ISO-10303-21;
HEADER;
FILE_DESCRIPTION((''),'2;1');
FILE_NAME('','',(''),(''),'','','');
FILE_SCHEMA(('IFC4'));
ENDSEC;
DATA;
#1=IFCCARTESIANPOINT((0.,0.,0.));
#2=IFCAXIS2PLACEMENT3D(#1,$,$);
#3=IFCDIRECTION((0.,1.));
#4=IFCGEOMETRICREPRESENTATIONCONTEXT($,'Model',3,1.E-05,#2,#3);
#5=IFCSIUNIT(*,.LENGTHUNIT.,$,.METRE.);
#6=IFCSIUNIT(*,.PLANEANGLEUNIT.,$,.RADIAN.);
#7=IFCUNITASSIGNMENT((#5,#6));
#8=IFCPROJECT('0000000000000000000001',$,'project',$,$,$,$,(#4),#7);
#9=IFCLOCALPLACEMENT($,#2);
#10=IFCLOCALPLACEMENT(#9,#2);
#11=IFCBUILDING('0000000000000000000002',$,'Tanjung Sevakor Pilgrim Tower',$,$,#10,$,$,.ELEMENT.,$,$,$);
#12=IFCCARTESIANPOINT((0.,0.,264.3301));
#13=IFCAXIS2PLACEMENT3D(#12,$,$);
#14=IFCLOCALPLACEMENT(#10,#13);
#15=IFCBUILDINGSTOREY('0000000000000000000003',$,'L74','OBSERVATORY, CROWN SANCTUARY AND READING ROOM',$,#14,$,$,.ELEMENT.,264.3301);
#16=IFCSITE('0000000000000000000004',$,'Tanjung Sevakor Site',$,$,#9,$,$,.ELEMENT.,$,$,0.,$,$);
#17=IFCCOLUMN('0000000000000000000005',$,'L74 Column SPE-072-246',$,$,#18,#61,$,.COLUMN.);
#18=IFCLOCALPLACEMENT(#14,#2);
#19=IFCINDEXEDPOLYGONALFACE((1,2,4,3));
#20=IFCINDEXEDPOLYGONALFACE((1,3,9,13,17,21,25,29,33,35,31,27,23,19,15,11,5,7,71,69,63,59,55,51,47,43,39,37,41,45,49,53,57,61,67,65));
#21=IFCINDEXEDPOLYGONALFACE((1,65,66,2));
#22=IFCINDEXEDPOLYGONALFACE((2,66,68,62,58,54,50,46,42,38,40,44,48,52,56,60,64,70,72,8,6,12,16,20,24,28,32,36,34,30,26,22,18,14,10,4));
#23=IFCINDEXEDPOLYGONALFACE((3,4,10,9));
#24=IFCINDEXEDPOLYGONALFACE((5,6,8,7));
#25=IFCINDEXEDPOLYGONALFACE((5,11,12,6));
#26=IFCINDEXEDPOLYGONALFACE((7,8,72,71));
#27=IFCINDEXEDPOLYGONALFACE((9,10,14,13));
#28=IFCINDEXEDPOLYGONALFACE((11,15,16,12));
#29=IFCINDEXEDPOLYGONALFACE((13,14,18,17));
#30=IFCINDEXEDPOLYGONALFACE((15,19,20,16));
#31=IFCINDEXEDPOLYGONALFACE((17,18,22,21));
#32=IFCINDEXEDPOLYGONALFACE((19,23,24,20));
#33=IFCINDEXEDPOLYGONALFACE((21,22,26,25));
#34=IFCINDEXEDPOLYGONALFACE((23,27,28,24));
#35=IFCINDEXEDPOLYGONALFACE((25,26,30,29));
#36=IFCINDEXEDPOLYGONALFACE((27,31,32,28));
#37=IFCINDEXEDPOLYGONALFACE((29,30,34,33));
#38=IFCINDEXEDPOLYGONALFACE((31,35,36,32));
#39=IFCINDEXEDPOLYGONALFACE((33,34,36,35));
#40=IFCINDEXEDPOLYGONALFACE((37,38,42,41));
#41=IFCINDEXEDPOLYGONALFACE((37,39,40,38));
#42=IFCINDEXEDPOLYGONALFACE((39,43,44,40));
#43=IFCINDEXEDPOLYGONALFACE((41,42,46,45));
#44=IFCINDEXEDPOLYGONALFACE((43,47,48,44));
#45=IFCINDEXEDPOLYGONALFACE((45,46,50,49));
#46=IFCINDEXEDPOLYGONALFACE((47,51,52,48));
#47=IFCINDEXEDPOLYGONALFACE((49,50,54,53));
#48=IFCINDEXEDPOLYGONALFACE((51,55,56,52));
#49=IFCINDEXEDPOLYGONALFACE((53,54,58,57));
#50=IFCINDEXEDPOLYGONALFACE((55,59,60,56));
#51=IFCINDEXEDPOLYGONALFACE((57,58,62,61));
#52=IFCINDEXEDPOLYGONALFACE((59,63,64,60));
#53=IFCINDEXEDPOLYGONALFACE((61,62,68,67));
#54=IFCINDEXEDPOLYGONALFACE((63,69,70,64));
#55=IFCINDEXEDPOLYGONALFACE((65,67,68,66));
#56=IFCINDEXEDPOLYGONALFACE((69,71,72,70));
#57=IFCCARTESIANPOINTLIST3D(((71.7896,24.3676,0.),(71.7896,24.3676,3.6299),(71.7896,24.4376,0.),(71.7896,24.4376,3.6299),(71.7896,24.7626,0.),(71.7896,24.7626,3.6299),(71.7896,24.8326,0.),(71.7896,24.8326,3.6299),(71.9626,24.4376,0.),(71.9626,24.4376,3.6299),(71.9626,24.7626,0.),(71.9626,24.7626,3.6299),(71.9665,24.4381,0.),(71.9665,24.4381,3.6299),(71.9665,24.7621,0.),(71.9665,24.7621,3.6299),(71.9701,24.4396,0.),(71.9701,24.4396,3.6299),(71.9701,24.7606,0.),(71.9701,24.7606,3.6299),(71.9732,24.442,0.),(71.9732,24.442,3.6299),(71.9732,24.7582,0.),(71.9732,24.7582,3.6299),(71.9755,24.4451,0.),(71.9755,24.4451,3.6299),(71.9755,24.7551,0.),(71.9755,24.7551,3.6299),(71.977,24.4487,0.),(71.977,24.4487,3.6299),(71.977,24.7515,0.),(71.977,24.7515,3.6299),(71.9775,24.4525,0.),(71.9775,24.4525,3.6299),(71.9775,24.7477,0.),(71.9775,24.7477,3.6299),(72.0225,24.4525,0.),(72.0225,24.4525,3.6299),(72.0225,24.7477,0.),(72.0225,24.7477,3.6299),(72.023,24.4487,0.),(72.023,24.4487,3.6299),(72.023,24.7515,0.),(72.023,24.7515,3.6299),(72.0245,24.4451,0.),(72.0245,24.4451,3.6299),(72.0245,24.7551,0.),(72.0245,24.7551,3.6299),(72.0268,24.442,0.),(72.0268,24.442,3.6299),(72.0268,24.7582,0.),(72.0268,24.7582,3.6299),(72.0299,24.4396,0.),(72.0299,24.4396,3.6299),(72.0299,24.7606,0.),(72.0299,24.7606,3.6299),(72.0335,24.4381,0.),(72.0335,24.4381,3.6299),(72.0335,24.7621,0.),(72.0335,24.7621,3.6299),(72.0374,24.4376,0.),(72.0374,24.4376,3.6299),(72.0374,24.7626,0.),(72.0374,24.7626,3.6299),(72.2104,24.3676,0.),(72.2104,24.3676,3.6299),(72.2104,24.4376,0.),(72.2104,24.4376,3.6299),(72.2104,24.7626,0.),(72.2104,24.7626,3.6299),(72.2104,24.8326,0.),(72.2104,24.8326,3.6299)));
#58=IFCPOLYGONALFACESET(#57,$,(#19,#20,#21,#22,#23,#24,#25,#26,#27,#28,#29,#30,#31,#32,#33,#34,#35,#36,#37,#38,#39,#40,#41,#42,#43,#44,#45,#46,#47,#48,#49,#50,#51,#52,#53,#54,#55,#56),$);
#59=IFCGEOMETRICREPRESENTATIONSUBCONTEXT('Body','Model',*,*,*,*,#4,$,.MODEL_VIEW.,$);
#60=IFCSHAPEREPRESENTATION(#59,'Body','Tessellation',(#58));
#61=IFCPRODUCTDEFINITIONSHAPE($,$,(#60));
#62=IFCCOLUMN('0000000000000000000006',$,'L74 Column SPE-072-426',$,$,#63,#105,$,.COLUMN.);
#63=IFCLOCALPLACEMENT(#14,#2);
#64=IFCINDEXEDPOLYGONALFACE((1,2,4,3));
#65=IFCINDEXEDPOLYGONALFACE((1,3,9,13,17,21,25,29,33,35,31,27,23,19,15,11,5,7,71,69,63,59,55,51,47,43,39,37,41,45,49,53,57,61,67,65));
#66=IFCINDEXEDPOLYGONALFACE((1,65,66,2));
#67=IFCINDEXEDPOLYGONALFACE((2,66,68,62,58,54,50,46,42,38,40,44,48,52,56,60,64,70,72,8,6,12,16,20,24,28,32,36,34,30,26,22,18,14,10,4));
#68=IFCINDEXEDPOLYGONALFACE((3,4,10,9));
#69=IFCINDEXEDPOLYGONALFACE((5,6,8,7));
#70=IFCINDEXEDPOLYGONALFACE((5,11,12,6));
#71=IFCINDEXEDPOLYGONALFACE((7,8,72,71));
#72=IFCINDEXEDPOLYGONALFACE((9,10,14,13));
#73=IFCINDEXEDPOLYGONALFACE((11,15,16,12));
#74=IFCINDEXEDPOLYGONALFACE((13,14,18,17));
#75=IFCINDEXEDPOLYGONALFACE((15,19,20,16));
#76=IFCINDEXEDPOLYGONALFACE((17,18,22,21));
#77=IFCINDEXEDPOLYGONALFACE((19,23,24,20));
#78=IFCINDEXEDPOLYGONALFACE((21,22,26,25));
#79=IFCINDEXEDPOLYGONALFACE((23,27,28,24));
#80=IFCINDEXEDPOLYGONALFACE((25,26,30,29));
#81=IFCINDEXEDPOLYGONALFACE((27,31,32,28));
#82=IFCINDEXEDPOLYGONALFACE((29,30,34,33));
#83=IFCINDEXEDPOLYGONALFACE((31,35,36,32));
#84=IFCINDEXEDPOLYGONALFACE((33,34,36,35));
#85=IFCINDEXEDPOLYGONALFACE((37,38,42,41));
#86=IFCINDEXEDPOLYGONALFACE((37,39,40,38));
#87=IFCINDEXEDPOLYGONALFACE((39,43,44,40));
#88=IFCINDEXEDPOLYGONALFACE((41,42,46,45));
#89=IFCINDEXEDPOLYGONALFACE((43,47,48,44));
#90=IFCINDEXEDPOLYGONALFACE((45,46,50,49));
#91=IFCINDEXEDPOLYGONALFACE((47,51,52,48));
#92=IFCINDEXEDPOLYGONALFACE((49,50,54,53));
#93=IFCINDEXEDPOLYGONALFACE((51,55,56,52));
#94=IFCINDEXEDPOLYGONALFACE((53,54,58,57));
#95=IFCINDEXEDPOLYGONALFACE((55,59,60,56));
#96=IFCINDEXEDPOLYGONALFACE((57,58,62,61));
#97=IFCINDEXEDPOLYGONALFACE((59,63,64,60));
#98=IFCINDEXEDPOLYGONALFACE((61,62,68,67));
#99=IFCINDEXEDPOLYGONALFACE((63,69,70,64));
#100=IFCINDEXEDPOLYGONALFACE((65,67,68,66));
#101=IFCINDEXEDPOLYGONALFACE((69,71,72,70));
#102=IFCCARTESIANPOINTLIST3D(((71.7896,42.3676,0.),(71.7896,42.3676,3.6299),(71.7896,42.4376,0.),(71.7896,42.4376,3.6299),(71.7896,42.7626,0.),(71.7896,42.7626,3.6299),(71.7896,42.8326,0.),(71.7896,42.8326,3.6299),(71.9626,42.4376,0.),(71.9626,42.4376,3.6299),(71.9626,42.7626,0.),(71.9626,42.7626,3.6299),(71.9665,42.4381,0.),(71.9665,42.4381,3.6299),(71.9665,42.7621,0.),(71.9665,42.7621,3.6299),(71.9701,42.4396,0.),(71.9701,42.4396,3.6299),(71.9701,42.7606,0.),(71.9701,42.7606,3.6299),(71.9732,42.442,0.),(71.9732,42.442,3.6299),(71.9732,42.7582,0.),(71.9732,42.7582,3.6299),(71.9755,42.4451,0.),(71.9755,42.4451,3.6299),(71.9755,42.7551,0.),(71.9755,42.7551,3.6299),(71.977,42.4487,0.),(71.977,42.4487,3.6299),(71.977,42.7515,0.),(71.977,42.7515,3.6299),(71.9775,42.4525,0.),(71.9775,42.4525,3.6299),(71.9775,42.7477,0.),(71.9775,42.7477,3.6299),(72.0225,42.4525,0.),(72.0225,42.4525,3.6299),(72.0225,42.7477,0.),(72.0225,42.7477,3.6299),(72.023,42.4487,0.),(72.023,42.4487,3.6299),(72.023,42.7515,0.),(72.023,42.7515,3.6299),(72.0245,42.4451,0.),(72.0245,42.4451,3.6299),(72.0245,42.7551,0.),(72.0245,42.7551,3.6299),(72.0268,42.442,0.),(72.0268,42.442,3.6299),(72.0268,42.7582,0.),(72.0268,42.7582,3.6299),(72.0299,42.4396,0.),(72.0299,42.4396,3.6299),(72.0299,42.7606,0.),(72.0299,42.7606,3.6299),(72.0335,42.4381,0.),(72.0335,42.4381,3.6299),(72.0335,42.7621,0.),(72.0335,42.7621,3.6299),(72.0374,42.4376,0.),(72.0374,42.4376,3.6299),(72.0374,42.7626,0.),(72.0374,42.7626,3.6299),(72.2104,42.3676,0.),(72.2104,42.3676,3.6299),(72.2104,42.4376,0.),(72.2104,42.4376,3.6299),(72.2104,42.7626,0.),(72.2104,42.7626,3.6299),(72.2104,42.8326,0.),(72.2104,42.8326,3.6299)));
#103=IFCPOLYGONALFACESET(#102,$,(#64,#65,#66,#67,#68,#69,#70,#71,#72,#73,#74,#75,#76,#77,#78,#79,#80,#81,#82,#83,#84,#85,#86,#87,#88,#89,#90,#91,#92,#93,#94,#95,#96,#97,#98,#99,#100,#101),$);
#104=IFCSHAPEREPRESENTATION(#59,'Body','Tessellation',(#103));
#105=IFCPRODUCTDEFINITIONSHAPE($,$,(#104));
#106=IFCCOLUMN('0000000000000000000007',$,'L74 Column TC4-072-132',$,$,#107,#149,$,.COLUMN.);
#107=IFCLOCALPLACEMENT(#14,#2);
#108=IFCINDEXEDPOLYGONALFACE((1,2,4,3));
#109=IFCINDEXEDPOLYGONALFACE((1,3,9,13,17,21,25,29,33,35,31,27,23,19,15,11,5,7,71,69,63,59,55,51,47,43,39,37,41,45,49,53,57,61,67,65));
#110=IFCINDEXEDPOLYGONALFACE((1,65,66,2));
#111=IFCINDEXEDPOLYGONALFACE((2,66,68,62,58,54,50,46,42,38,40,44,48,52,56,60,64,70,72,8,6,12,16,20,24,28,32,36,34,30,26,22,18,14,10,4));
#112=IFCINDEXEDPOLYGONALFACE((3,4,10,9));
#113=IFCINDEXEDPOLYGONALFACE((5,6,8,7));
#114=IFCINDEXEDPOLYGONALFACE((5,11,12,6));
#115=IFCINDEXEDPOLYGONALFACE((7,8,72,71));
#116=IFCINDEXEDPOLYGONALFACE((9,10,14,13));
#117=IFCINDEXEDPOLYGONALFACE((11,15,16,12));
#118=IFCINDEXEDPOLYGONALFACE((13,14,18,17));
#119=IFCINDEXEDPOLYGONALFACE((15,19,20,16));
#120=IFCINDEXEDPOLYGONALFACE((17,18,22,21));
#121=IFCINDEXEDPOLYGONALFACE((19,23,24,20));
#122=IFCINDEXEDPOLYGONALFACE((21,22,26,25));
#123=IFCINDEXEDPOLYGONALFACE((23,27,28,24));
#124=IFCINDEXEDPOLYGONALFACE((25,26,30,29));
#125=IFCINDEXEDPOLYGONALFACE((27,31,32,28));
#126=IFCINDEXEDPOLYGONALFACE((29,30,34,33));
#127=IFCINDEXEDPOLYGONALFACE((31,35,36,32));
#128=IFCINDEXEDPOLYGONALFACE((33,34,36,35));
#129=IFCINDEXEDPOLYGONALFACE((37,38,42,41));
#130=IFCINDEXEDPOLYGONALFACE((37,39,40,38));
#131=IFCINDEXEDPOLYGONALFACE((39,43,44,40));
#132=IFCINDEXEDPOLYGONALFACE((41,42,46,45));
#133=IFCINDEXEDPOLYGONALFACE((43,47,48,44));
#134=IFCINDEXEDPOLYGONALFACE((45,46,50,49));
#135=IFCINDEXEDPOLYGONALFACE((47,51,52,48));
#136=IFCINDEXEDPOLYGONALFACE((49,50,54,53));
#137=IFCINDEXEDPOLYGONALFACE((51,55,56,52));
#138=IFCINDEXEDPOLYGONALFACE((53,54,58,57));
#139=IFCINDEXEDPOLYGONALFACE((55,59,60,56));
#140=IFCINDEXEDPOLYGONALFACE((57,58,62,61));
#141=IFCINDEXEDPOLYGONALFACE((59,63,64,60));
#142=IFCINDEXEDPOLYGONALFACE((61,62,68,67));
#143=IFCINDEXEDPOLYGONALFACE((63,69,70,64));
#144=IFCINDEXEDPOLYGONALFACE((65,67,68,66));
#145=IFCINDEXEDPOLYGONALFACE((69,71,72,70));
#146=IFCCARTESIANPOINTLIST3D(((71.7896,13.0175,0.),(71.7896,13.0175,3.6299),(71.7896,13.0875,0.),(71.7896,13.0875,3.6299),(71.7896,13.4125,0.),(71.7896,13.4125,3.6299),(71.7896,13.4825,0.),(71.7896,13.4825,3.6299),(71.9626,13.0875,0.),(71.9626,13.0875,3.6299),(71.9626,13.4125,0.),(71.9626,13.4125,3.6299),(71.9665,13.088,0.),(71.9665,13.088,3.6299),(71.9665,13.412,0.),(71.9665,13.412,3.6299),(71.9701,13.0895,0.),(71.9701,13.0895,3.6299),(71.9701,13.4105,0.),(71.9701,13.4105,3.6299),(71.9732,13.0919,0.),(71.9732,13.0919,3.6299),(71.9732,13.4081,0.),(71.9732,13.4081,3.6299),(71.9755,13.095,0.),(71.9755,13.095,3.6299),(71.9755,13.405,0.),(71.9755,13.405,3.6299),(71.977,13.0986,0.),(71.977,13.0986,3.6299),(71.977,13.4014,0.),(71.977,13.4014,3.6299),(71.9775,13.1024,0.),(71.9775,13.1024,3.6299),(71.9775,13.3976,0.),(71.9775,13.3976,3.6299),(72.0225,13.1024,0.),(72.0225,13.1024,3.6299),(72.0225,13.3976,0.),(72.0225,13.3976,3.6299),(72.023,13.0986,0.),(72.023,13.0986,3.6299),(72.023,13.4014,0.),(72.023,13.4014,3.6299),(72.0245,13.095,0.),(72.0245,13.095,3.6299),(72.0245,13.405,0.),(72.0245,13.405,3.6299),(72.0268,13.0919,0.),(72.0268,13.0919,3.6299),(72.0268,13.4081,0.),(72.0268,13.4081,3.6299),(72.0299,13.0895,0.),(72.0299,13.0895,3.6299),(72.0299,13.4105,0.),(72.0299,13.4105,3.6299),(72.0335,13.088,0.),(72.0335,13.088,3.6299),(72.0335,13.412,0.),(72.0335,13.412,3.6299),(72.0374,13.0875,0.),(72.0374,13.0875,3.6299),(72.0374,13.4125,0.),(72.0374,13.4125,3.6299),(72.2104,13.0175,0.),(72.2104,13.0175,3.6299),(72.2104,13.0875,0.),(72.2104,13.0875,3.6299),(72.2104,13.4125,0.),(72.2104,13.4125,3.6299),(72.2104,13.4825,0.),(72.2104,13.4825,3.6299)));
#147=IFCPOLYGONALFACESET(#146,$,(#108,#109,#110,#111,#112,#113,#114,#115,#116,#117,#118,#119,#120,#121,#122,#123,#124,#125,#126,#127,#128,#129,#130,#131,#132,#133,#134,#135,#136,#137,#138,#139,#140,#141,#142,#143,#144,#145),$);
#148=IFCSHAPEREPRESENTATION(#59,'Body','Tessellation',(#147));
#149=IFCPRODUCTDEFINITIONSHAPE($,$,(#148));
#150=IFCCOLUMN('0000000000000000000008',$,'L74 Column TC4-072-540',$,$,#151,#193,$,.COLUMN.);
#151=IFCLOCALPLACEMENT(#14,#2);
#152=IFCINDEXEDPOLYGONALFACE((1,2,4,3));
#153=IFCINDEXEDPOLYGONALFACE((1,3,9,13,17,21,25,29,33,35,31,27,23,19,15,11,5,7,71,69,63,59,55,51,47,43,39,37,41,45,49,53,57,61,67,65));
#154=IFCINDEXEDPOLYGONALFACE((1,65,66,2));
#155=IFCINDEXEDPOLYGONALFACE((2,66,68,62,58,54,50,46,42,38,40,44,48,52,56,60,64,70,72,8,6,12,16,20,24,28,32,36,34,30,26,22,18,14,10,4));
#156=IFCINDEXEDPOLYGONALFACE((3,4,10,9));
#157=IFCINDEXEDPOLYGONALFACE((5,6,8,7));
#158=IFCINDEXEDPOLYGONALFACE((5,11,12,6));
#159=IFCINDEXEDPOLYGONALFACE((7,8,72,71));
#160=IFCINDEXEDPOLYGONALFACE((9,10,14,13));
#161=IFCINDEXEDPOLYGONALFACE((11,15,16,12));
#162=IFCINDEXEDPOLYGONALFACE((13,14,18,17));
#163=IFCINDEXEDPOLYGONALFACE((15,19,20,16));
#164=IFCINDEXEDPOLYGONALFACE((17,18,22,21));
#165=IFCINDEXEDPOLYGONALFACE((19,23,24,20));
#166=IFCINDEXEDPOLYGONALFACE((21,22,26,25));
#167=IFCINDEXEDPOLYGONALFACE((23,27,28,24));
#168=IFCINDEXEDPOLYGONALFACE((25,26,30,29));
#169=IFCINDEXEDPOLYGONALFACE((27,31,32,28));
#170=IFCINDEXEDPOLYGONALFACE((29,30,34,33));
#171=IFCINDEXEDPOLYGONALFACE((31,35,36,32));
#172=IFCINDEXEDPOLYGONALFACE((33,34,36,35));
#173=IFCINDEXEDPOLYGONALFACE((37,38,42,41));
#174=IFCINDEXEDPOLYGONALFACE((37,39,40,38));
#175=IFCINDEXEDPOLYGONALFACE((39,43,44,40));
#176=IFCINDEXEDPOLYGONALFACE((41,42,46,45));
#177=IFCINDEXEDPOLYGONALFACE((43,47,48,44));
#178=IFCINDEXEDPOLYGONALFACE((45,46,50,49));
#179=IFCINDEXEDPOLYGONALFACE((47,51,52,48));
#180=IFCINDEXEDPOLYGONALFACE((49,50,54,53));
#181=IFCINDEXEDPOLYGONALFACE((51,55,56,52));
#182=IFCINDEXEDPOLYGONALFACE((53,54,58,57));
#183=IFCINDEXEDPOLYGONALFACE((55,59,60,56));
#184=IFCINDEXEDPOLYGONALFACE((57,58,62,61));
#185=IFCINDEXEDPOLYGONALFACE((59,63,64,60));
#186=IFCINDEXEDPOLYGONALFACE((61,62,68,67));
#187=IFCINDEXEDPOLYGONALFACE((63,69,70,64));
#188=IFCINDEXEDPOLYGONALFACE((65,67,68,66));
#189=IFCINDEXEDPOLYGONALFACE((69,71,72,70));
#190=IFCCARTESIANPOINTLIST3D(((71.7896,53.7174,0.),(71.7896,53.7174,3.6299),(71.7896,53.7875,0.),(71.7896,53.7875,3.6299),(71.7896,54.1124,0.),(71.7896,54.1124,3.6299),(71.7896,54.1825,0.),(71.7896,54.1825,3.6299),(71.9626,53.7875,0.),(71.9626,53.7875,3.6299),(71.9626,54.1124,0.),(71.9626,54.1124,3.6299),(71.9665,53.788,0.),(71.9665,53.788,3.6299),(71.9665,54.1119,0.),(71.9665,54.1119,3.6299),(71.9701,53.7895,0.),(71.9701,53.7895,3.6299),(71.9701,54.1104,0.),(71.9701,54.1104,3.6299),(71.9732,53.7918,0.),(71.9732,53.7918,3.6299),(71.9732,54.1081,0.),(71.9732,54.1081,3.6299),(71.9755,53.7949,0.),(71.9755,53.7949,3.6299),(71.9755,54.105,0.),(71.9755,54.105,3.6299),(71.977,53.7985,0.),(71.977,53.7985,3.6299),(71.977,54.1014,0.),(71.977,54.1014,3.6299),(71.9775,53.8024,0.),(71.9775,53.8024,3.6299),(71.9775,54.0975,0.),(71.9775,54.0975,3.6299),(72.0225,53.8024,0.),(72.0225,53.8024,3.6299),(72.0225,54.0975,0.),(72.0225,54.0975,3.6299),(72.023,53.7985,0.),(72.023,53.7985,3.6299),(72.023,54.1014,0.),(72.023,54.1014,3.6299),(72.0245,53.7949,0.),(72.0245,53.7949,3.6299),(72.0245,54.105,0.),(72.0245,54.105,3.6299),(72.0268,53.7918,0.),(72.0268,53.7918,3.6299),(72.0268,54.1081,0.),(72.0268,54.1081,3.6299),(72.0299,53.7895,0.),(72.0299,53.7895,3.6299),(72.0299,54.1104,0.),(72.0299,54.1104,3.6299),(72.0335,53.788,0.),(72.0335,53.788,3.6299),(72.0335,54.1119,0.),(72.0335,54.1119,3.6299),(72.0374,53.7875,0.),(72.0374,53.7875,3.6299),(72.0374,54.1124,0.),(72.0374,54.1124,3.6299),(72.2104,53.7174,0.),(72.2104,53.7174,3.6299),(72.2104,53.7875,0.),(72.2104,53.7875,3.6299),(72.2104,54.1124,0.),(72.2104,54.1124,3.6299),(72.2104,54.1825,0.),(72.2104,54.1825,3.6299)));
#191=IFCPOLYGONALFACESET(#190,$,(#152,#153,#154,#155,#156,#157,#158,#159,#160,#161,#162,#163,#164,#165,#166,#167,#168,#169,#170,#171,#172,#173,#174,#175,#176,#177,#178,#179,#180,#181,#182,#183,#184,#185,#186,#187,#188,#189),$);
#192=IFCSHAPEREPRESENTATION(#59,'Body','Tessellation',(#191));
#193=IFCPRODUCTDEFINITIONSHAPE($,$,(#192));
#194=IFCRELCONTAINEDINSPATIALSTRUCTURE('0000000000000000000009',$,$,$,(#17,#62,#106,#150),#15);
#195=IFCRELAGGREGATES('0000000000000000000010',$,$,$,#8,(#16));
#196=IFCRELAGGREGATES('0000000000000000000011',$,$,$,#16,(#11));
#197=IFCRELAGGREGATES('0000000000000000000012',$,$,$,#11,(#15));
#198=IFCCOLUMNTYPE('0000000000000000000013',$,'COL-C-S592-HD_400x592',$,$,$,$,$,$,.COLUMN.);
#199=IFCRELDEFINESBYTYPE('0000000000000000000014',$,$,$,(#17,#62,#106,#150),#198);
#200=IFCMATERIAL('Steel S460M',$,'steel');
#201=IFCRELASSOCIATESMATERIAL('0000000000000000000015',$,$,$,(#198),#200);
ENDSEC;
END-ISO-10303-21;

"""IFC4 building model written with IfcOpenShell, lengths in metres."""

from ifc_helpers import new_model, si_unit, direction, frame, origin, origin_2d, place, context, subcontext, project, spatial, i_section, extrude, material, material_profile, profile_set, type_object, element, save


model = new_model("IFC4")

# Units and contexts
model_context = context("Model", 3, precision=1e-05, world=origin(), true_north=direction((0.0, 1.0)))
body_context = subcontext(model_context, "Body", "Model", "MODEL_VIEW")
ifc_project = project(units=[si_unit("LENGTHUNIT", "METRE"), si_unit("PLANEANGLEUNIT", "RADIAN")], contexts=[model_context])

# Site, building, storey
site_placement = place(None, origin())
site = spatial("IfcSite", under=ifc_project, at=site_placement, Name="Tanjung Sevakor Site", CompositionType="ELEMENT", RefElevation=0.0)
building_placement = place(site_placement, origin())
building = spatial("IfcBuilding", under=site, at=building_placement, Name="Tanjung Sevakor Pilgrim Tower", CompositionType="ELEMENT")
storey_placement = place(building_placement, frame((0.0, 0.0, 264.3301)))
storey = spatial("IfcBuildingStorey", under=building, at=storey_placement, Name="L74", Description="OBSERVATORY, CROWN SANCTUARY AND READING ROOM", CompositionType="ELEMENT", Elevation=264.3301)

# Columns
ifc_material_1 = material(Name="Steel S460M", Category="steel")
ifc_material_profile_1 = material_profile(ifc_material_1, i_section(OverallWidth=0.4209, OverallDepth=0.4651, WebThickness=0.0449, FlangeThickness=0.0701, FilletRadius=0.0149, at=origin_2d()))
ifc_profile_set_1 = profile_set([ifc_material_profile_1], Name="Steel S460M")
column_type = type_object("IfcColumnType", Name="COL-C-S592-HD_400x592", PredefinedType="COLUMN", material=ifc_profile_set_1)
for number, where, z_axis, x_axis, name in (
    (1, (72.0, 24.6001, 0.0), (0.0, 0.0, 1.0), (1.0, 0.0, 0.0), "L74 Column SPE-072-246"),
    (2, (72.0, 42.6001, 0.0), (0.0, 0.0, 1.0), (1.0, 0.0, 0.0), "L74 Column SPE-072-426"),
    (3, (72.0, 13.25, 0.0), (0.0, 0.0, 1.0), (1.0, 0.0, 0.0), "L74 Column TC4-072-132"),
    (4, (72.0, 53.95, 0.0), (0.0, 0.0, 1.0), (1.0, 0.0, 0.0), "L74 Column TC4-072-540"),
):
    element("IfcColumn", number, at=place(storey_placement, frame(where, z_axis=z_axis, x_axis=x_axis)), inside=storey, type_object=column_type, Name=name, PredefinedType="COLUMN", context=body_context, shape_type="SweptSolid", body=[
        extrude(i_section(OverallWidth=0.4209, OverallDepth=0.4651, WebThickness=0.0449, FlangeThickness=0.0701, FilletRadius=0.0149, at=origin_2d()), origin(), (0.0, 0.0, 1.0), 3.6299),
    ])

save(model, "model.ifc")
